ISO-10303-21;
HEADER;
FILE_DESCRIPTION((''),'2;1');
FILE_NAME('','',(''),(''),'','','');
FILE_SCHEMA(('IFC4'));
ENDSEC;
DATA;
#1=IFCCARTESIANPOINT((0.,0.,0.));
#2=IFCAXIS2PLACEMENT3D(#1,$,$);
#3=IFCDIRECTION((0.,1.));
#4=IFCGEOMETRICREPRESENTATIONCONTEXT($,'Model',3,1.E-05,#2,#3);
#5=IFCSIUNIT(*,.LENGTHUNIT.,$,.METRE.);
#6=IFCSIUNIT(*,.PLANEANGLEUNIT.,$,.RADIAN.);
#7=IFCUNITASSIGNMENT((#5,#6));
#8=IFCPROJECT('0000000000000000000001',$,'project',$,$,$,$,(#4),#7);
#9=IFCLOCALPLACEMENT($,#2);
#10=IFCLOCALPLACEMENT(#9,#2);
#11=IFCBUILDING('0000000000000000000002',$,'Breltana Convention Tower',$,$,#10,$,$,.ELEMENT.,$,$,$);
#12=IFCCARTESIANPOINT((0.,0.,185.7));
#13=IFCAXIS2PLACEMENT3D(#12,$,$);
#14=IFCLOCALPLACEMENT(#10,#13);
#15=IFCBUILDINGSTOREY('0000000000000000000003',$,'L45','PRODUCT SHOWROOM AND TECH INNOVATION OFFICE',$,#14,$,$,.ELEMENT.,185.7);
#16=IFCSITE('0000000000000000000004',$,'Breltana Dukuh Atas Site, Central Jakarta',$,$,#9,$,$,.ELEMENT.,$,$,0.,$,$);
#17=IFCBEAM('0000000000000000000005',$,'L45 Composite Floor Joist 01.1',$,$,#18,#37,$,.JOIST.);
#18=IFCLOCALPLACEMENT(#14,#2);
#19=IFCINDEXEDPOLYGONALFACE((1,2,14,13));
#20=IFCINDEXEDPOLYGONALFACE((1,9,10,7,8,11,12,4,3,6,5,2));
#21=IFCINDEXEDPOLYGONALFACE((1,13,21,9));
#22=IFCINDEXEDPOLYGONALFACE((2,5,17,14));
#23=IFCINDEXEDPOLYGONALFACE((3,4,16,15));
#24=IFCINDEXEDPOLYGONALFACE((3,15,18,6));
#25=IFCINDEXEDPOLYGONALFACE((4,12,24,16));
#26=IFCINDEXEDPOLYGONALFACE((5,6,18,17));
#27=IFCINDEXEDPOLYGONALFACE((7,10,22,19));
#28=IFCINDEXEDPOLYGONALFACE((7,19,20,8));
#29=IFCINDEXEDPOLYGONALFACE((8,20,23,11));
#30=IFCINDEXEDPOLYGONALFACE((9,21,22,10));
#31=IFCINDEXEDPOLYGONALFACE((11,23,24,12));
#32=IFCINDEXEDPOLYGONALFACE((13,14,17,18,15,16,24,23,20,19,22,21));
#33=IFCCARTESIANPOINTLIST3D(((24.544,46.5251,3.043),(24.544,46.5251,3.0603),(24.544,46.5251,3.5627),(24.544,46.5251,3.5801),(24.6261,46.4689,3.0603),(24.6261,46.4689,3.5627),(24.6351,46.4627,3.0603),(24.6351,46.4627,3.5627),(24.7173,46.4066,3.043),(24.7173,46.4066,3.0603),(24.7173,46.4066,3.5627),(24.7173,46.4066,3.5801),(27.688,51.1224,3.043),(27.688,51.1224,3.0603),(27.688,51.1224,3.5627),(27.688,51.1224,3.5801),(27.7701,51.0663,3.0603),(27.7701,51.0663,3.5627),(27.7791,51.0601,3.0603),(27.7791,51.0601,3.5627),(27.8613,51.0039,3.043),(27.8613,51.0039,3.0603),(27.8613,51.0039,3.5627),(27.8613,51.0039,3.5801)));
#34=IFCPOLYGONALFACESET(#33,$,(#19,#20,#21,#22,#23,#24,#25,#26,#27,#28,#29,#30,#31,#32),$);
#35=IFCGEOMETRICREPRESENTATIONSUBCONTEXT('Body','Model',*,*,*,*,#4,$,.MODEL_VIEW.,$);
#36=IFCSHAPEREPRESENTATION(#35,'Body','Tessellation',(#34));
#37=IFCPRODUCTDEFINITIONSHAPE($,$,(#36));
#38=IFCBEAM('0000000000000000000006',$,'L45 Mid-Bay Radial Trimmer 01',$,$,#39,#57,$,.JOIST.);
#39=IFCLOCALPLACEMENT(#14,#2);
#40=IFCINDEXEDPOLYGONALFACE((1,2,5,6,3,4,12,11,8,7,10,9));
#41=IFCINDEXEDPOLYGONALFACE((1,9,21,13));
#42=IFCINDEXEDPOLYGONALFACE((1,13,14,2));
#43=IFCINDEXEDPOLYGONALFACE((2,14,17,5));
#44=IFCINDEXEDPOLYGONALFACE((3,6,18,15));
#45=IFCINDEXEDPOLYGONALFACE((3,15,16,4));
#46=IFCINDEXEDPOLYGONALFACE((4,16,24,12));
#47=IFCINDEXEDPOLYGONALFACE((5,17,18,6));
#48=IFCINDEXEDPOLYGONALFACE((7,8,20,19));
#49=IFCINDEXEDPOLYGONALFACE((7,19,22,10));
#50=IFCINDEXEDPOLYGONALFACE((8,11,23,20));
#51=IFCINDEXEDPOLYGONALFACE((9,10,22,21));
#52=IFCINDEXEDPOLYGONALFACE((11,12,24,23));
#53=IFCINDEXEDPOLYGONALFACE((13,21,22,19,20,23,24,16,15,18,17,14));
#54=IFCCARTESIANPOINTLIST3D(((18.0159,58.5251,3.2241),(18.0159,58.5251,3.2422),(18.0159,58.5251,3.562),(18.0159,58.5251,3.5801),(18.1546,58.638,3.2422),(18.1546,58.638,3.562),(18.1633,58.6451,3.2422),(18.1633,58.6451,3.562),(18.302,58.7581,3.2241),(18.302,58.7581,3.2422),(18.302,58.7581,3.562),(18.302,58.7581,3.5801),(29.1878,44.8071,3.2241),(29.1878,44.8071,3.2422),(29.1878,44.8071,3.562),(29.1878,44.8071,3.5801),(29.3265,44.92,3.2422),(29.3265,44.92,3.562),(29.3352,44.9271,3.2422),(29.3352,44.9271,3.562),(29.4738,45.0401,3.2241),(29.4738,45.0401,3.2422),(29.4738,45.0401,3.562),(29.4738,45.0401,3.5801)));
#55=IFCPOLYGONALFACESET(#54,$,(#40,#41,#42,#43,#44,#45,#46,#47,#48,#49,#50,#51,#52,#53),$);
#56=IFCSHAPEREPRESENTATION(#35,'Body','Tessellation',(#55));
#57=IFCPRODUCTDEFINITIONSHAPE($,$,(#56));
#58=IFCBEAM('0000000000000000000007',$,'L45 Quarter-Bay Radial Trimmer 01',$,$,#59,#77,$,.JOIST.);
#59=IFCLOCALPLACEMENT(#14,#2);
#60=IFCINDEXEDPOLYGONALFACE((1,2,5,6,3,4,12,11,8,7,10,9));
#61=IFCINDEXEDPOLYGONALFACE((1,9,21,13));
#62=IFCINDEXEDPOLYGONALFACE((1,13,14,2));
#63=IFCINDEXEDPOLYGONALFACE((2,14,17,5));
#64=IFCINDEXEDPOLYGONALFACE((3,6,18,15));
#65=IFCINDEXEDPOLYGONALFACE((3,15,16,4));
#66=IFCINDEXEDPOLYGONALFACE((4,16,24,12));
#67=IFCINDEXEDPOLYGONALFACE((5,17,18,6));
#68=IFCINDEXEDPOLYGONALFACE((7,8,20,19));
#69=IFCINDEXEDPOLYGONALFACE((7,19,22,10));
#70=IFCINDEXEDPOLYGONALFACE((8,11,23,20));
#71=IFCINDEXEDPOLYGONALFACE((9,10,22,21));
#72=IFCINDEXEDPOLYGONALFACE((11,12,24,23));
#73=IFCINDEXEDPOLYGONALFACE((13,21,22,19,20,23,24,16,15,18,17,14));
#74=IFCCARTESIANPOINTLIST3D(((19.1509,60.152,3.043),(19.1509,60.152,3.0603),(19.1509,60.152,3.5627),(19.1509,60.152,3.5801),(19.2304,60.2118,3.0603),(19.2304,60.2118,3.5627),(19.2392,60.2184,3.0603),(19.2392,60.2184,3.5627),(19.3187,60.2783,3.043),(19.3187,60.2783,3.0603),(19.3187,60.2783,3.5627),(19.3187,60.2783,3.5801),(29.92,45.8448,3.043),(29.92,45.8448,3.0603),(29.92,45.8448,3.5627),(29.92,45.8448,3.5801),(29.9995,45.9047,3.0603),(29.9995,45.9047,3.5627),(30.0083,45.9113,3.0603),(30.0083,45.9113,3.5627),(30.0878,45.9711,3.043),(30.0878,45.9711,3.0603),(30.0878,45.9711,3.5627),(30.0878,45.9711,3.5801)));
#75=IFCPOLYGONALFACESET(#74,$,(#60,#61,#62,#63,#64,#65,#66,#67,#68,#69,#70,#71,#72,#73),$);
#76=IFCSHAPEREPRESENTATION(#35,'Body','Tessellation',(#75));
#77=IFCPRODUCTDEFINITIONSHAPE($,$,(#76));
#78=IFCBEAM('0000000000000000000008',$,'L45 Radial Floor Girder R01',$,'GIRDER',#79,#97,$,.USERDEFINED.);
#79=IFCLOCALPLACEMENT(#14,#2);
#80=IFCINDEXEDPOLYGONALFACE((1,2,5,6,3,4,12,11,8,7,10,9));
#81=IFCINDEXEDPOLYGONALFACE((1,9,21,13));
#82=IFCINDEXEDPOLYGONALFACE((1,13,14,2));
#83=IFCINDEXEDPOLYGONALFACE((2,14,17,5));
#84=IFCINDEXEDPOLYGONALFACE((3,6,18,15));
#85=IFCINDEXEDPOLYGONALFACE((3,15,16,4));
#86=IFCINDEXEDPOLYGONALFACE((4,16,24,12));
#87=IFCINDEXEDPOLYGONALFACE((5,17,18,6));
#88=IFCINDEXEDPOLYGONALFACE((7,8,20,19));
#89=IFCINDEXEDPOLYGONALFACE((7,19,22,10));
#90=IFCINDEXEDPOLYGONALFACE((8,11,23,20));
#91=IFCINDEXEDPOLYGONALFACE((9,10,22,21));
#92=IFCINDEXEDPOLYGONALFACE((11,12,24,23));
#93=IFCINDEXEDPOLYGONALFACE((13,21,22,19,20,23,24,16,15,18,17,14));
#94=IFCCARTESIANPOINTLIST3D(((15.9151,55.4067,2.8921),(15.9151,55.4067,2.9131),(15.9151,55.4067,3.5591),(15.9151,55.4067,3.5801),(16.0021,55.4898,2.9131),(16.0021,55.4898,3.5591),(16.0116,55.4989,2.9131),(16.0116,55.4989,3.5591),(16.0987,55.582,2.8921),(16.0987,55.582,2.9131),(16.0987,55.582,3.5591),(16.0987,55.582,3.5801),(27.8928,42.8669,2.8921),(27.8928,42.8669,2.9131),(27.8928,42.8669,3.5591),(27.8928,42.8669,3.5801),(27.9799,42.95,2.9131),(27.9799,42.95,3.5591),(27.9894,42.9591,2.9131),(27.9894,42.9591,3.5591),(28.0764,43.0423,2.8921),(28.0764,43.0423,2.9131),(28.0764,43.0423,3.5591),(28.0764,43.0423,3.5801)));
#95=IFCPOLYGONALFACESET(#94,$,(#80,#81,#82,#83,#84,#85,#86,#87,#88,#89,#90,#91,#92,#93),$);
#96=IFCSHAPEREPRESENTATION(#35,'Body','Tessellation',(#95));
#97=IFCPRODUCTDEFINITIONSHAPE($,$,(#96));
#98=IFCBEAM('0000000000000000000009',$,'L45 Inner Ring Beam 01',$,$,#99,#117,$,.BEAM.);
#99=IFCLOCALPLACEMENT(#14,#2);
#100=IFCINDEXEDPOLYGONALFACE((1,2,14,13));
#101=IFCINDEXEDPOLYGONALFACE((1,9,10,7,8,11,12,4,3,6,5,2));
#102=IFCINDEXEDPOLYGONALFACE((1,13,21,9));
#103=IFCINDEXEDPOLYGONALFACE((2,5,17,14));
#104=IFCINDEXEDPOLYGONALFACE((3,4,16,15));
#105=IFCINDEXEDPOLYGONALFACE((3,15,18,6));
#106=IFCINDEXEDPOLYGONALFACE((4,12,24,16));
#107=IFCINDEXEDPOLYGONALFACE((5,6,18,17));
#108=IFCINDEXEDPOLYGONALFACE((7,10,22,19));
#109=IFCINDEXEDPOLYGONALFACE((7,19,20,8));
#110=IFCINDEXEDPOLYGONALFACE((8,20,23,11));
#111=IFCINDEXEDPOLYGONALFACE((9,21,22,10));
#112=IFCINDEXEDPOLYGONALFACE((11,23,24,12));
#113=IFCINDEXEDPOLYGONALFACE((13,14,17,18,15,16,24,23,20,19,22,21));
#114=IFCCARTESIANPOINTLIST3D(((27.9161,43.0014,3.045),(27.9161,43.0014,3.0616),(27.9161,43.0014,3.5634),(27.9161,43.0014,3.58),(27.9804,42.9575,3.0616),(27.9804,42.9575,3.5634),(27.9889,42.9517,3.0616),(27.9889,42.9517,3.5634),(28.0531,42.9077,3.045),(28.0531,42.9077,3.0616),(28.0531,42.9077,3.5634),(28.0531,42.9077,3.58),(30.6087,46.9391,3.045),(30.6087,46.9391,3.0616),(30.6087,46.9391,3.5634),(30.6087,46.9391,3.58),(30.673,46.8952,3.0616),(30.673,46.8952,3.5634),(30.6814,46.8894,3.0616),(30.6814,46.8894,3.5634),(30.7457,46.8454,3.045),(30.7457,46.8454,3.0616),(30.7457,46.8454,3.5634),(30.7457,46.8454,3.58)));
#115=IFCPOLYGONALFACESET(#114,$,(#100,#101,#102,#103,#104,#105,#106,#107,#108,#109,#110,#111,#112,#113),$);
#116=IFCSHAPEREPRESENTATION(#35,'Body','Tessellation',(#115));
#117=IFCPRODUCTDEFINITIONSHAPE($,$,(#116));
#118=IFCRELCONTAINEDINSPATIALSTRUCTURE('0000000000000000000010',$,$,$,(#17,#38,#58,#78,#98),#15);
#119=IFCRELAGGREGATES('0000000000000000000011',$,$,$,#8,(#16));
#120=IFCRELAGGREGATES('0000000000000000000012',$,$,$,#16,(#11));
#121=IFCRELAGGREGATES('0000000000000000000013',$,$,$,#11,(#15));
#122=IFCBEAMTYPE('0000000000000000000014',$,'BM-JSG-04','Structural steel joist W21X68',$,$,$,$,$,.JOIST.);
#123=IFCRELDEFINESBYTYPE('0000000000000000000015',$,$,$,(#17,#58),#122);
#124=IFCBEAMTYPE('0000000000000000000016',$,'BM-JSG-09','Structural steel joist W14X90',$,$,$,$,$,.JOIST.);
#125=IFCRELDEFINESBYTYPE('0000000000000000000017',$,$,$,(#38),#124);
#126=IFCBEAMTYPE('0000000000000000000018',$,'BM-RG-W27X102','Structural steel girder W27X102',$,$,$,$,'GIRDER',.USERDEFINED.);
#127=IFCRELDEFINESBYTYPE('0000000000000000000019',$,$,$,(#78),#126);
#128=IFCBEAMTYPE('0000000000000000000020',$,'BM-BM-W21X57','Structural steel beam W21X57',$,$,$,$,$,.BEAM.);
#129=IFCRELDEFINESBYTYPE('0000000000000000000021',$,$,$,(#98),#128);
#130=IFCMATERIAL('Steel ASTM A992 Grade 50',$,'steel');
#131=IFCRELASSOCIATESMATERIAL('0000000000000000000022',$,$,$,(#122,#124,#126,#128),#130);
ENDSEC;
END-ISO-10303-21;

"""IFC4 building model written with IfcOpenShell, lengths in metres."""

from ifc_helpers import new_model, si_unit, direction, frame, origin, origin_2d, place, context, subcontext, project, spatial, i_section, extrude, source, transform, mapped, material, material_profile, profile_set, type_object, type_shapes, element, save


model = new_model("IFC4")

# Units and contexts
model_context = context("Model", 3, precision=1e-05, world=origin(), true_north=direction((0.0, 1.0)))
body_context = subcontext(model_context, "Body", "Model", "MODEL_VIEW")
ifc_project = project(units=[si_unit("LENGTHUNIT", "METRE"), si_unit("PLANEANGLEUNIT", "RADIAN")], contexts=[model_context])

# Site, building, storey
site_placement = place(None, origin())
site = spatial("IfcSite", under=ifc_project, at=site_placement, Name="Breltana Dukuh Atas Site, Central Jakarta", CompositionType="ELEMENT", RefElevation=0.0)
building_placement = place(site_placement, origin())
building = spatial("IfcBuilding", under=site, at=building_placement, Name="Breltana Convention Tower", CompositionType="ELEMENT")
storey_placement = place(building_placement, frame((0.0, 0.0, 185.7)))
storey = spatial("IfcBuildingStorey", under=building, at=storey_placement, Name="L45", Description="PRODUCT SHOWROOM AND TECH INNOVATION OFFICE", CompositionType="ELEMENT", Elevation=185.7)

# Beams
ifc_material_1 = material(Name="Steel ASTM A992 Grade 50", Category="steel")
ifc_material_profile_1 = material_profile(ifc_material_1, i_section(OverallWidth=0.21, OverallDepth=0.5371, WebThickness=0.011, FlangeThickness=0.0173, at=origin_2d()), Name="W21X68")
ifc_profile_set_1 = profile_set([ifc_material_profile_1], Name="Steel ASTM A992 Grade 50")
beam_type_1 = type_object("IfcBeamType", Name="BM-JSG-04", Description="Structural steel joist W21X68", PredefinedType="JOIST", material=ifc_profile_set_1)
shared_shape_1 = source(origin(), body_context, "Body", "SweptSolid", [
    extrude(i_section(OverallWidth=0.21, OverallDepth=0.5371, WebThickness=0.011, FlangeThickness=0.0173, at=origin_2d()), origin(), (0.0, 0.0, 1.0), 5.5696),
])
type_shapes(beam_type_1, [shared_shape_1])
beam_1_placement = place(storey_placement, frame((24.6306, 46.4658, 3.3115), z_axis=(0.564494, 0.825437, 0.0), x_axis=(-0.825437, 0.564494, 0.0)))
element("IfcBeam", 1, at=beam_1_placement, inside=storey, type_object=beam_type_1, Name="L45 Composite Floor Joist 01.1", PredefinedType="JOIST", context=body_context, shape_type="MappedRepresentation", body=[
    mapped(shared_shape_1, transform((0.0, 0.0, 0.0), scale=1.0)),
])
ifc_material_profile_2 = material_profile(ifc_material_1, i_section(OverallWidth=0.3689, OverallDepth=0.356, WebThickness=0.0112, FlangeThickness=0.0181, at=origin_2d()), Name="W14X90")
ifc_profile_set_2 = profile_set([ifc_material_profile_2], Name="Steel ASTM A992 Grade 50")
beam_type_2 = type_object("IfcBeamType", Name="BM-JSG-09", Description="Structural steel joist W14X90", PredefinedType="JOIST", material=ifc_profile_set_2)
shared_shape_2 = source(origin(), body_context, "Body", "SweptSolid", [
    extrude(i_section(OverallWidth=0.3689, OverallDepth=0.356, WebThickness=0.0112, FlangeThickness=0.0181, at=origin_2d()), origin(), (0.0, 0.0, 1.0), 17.6917),
])
type_shapes(beam_type_2, [shared_shape_2])
beam_2_placement = place(storey_placement, frame((29.3308, 44.9236, 3.4021), z_axis=(-0.631477, 0.775395, 0.0), x_axis=(-0.775395, -0.631477, 0.0)))
element("IfcBeam", 2, at=beam_2_placement, inside=storey, type_object=beam_type_2, Name="L45 Mid-Bay Radial Trimmer 01", PredefinedType="JOIST", context=body_context, shape_type="MappedRepresentation", body=[
    mapped(shared_shape_2, transform((0.0, 0.0, 0.0), scale=1.0)),
])
shared_shape_3 = source(origin(), body_context, "Body", "SweptSolid", [
    extrude(i_section(OverallWidth=0.21, OverallDepth=0.5371, WebThickness=0.011, FlangeThickness=0.0173, at=origin_2d()), origin(), (0.0, 0.0, 1.0), 17.9072),
])
beam_3_placement = place(storey_placement, frame((30.0039, 45.908, 3.3115), z_axis=(-0.601382, 0.798962, 0.0), x_axis=(-0.798962, -0.601382, 0.0)))
element("IfcBeam", 3, at=beam_3_placement, inside=storey, type_object=beam_type_1, Name="L45 Quarter-Bay Radial Trimmer 01", PredefinedType="JOIST", context=body_context, shape_type="MappedRepresentation", body=[
    mapped(shared_shape_3, transform((0.0, 0.0, 0.0), scale=1.0)),
])
ifc_material_profile_3 = material_profile(ifc_material_1, i_section(OverallWidth=0.2539, OverallDepth=0.688, WebThickness=0.0132, FlangeThickness=0.021, at=origin_2d()), Name="W27X102")
ifc_profile_set_3 = profile_set([ifc_material_profile_3], Name="Steel ASTM A992 Grade 50")
beam_type_3 = type_object("IfcBeamType", Name="BM-RG-W27X102", Description="Structural steel girder W27X102", ElementType="GIRDER", PredefinedType="USERDEFINED", material=ifc_profile_set_3)
shared_shape_4 = source(origin(), body_context, "Body", "SweptSolid", [
    extrude(i_section(OverallWidth=0.2539, OverallDepth=0.688, WebThickness=0.0132, FlangeThickness=0.021, at=origin_2d()), origin(), (0.0, 0.0, 1.0), 17.3411),
])
type_shapes(beam_type_3, [shared_shape_4])
beam_4_placement = place(storey_placement, frame((27.9846, 42.9546, 3.2361), z_axis=(-0.690716, 0.723126, 0.0), x_axis=(-0.723126, -0.690716, 0.0)))
element("IfcBeam", 4, at=beam_4_placement, inside=storey, type_object=beam_type_3, Name="L45 Radial Floor Girder R01", ObjectType="GIRDER", PredefinedType="USERDEFINED", context=body_context, shape_type="MappedRepresentation", body=[
    mapped(shared_shape_4, transform((0.0, 0.0, 0.0), scale=1.0)),
])
ifc_material_profile_4 = material_profile(ifc_material_1, i_section(OverallWidth=0.166, OverallDepth=0.5349, WebThickness=0.0103, FlangeThickness=0.0166, at=origin_2d()), Name="W21X57")
ifc_profile_set_4 = profile_set([ifc_material_profile_4], Name="Steel ASTM A992 Grade 50")
beam_type_4 = type_object("IfcBeamType", Name="BM-BM-W21X57", Description="Structural steel beam W21X57", PredefinedType="BEAM", material=ifc_profile_set_4)
shared_shape_5 = source(origin(), body_context, "Body", "SweptSolid", [
    extrude(i_section(OverallWidth=0.166, OverallDepth=0.5349, WebThickness=0.0103, FlangeThickness=0.0166, at=origin_2d()), origin(), (0.0, 0.0, 1.0), 4.7703),
])
beam_5_placement = place(storey_placement, frame((27.9846, 42.9546, 3.3125), z_axis=(0.564453, 0.825465, 0.0), x_axis=(-0.825465, 0.564453, 0.0)))
element("IfcBeam", 5, at=beam_5_placement, inside=storey, type_object=beam_type_4, Name="L45 Inner Ring Beam 01", PredefinedType="BEAM", context=body_context, shape_type="MappedRepresentation", body=[
    mapped(shared_shape_5, transform((0.0, 0.0, 0.0), scale=1.0)),
])

save(model, "model.ifc")
